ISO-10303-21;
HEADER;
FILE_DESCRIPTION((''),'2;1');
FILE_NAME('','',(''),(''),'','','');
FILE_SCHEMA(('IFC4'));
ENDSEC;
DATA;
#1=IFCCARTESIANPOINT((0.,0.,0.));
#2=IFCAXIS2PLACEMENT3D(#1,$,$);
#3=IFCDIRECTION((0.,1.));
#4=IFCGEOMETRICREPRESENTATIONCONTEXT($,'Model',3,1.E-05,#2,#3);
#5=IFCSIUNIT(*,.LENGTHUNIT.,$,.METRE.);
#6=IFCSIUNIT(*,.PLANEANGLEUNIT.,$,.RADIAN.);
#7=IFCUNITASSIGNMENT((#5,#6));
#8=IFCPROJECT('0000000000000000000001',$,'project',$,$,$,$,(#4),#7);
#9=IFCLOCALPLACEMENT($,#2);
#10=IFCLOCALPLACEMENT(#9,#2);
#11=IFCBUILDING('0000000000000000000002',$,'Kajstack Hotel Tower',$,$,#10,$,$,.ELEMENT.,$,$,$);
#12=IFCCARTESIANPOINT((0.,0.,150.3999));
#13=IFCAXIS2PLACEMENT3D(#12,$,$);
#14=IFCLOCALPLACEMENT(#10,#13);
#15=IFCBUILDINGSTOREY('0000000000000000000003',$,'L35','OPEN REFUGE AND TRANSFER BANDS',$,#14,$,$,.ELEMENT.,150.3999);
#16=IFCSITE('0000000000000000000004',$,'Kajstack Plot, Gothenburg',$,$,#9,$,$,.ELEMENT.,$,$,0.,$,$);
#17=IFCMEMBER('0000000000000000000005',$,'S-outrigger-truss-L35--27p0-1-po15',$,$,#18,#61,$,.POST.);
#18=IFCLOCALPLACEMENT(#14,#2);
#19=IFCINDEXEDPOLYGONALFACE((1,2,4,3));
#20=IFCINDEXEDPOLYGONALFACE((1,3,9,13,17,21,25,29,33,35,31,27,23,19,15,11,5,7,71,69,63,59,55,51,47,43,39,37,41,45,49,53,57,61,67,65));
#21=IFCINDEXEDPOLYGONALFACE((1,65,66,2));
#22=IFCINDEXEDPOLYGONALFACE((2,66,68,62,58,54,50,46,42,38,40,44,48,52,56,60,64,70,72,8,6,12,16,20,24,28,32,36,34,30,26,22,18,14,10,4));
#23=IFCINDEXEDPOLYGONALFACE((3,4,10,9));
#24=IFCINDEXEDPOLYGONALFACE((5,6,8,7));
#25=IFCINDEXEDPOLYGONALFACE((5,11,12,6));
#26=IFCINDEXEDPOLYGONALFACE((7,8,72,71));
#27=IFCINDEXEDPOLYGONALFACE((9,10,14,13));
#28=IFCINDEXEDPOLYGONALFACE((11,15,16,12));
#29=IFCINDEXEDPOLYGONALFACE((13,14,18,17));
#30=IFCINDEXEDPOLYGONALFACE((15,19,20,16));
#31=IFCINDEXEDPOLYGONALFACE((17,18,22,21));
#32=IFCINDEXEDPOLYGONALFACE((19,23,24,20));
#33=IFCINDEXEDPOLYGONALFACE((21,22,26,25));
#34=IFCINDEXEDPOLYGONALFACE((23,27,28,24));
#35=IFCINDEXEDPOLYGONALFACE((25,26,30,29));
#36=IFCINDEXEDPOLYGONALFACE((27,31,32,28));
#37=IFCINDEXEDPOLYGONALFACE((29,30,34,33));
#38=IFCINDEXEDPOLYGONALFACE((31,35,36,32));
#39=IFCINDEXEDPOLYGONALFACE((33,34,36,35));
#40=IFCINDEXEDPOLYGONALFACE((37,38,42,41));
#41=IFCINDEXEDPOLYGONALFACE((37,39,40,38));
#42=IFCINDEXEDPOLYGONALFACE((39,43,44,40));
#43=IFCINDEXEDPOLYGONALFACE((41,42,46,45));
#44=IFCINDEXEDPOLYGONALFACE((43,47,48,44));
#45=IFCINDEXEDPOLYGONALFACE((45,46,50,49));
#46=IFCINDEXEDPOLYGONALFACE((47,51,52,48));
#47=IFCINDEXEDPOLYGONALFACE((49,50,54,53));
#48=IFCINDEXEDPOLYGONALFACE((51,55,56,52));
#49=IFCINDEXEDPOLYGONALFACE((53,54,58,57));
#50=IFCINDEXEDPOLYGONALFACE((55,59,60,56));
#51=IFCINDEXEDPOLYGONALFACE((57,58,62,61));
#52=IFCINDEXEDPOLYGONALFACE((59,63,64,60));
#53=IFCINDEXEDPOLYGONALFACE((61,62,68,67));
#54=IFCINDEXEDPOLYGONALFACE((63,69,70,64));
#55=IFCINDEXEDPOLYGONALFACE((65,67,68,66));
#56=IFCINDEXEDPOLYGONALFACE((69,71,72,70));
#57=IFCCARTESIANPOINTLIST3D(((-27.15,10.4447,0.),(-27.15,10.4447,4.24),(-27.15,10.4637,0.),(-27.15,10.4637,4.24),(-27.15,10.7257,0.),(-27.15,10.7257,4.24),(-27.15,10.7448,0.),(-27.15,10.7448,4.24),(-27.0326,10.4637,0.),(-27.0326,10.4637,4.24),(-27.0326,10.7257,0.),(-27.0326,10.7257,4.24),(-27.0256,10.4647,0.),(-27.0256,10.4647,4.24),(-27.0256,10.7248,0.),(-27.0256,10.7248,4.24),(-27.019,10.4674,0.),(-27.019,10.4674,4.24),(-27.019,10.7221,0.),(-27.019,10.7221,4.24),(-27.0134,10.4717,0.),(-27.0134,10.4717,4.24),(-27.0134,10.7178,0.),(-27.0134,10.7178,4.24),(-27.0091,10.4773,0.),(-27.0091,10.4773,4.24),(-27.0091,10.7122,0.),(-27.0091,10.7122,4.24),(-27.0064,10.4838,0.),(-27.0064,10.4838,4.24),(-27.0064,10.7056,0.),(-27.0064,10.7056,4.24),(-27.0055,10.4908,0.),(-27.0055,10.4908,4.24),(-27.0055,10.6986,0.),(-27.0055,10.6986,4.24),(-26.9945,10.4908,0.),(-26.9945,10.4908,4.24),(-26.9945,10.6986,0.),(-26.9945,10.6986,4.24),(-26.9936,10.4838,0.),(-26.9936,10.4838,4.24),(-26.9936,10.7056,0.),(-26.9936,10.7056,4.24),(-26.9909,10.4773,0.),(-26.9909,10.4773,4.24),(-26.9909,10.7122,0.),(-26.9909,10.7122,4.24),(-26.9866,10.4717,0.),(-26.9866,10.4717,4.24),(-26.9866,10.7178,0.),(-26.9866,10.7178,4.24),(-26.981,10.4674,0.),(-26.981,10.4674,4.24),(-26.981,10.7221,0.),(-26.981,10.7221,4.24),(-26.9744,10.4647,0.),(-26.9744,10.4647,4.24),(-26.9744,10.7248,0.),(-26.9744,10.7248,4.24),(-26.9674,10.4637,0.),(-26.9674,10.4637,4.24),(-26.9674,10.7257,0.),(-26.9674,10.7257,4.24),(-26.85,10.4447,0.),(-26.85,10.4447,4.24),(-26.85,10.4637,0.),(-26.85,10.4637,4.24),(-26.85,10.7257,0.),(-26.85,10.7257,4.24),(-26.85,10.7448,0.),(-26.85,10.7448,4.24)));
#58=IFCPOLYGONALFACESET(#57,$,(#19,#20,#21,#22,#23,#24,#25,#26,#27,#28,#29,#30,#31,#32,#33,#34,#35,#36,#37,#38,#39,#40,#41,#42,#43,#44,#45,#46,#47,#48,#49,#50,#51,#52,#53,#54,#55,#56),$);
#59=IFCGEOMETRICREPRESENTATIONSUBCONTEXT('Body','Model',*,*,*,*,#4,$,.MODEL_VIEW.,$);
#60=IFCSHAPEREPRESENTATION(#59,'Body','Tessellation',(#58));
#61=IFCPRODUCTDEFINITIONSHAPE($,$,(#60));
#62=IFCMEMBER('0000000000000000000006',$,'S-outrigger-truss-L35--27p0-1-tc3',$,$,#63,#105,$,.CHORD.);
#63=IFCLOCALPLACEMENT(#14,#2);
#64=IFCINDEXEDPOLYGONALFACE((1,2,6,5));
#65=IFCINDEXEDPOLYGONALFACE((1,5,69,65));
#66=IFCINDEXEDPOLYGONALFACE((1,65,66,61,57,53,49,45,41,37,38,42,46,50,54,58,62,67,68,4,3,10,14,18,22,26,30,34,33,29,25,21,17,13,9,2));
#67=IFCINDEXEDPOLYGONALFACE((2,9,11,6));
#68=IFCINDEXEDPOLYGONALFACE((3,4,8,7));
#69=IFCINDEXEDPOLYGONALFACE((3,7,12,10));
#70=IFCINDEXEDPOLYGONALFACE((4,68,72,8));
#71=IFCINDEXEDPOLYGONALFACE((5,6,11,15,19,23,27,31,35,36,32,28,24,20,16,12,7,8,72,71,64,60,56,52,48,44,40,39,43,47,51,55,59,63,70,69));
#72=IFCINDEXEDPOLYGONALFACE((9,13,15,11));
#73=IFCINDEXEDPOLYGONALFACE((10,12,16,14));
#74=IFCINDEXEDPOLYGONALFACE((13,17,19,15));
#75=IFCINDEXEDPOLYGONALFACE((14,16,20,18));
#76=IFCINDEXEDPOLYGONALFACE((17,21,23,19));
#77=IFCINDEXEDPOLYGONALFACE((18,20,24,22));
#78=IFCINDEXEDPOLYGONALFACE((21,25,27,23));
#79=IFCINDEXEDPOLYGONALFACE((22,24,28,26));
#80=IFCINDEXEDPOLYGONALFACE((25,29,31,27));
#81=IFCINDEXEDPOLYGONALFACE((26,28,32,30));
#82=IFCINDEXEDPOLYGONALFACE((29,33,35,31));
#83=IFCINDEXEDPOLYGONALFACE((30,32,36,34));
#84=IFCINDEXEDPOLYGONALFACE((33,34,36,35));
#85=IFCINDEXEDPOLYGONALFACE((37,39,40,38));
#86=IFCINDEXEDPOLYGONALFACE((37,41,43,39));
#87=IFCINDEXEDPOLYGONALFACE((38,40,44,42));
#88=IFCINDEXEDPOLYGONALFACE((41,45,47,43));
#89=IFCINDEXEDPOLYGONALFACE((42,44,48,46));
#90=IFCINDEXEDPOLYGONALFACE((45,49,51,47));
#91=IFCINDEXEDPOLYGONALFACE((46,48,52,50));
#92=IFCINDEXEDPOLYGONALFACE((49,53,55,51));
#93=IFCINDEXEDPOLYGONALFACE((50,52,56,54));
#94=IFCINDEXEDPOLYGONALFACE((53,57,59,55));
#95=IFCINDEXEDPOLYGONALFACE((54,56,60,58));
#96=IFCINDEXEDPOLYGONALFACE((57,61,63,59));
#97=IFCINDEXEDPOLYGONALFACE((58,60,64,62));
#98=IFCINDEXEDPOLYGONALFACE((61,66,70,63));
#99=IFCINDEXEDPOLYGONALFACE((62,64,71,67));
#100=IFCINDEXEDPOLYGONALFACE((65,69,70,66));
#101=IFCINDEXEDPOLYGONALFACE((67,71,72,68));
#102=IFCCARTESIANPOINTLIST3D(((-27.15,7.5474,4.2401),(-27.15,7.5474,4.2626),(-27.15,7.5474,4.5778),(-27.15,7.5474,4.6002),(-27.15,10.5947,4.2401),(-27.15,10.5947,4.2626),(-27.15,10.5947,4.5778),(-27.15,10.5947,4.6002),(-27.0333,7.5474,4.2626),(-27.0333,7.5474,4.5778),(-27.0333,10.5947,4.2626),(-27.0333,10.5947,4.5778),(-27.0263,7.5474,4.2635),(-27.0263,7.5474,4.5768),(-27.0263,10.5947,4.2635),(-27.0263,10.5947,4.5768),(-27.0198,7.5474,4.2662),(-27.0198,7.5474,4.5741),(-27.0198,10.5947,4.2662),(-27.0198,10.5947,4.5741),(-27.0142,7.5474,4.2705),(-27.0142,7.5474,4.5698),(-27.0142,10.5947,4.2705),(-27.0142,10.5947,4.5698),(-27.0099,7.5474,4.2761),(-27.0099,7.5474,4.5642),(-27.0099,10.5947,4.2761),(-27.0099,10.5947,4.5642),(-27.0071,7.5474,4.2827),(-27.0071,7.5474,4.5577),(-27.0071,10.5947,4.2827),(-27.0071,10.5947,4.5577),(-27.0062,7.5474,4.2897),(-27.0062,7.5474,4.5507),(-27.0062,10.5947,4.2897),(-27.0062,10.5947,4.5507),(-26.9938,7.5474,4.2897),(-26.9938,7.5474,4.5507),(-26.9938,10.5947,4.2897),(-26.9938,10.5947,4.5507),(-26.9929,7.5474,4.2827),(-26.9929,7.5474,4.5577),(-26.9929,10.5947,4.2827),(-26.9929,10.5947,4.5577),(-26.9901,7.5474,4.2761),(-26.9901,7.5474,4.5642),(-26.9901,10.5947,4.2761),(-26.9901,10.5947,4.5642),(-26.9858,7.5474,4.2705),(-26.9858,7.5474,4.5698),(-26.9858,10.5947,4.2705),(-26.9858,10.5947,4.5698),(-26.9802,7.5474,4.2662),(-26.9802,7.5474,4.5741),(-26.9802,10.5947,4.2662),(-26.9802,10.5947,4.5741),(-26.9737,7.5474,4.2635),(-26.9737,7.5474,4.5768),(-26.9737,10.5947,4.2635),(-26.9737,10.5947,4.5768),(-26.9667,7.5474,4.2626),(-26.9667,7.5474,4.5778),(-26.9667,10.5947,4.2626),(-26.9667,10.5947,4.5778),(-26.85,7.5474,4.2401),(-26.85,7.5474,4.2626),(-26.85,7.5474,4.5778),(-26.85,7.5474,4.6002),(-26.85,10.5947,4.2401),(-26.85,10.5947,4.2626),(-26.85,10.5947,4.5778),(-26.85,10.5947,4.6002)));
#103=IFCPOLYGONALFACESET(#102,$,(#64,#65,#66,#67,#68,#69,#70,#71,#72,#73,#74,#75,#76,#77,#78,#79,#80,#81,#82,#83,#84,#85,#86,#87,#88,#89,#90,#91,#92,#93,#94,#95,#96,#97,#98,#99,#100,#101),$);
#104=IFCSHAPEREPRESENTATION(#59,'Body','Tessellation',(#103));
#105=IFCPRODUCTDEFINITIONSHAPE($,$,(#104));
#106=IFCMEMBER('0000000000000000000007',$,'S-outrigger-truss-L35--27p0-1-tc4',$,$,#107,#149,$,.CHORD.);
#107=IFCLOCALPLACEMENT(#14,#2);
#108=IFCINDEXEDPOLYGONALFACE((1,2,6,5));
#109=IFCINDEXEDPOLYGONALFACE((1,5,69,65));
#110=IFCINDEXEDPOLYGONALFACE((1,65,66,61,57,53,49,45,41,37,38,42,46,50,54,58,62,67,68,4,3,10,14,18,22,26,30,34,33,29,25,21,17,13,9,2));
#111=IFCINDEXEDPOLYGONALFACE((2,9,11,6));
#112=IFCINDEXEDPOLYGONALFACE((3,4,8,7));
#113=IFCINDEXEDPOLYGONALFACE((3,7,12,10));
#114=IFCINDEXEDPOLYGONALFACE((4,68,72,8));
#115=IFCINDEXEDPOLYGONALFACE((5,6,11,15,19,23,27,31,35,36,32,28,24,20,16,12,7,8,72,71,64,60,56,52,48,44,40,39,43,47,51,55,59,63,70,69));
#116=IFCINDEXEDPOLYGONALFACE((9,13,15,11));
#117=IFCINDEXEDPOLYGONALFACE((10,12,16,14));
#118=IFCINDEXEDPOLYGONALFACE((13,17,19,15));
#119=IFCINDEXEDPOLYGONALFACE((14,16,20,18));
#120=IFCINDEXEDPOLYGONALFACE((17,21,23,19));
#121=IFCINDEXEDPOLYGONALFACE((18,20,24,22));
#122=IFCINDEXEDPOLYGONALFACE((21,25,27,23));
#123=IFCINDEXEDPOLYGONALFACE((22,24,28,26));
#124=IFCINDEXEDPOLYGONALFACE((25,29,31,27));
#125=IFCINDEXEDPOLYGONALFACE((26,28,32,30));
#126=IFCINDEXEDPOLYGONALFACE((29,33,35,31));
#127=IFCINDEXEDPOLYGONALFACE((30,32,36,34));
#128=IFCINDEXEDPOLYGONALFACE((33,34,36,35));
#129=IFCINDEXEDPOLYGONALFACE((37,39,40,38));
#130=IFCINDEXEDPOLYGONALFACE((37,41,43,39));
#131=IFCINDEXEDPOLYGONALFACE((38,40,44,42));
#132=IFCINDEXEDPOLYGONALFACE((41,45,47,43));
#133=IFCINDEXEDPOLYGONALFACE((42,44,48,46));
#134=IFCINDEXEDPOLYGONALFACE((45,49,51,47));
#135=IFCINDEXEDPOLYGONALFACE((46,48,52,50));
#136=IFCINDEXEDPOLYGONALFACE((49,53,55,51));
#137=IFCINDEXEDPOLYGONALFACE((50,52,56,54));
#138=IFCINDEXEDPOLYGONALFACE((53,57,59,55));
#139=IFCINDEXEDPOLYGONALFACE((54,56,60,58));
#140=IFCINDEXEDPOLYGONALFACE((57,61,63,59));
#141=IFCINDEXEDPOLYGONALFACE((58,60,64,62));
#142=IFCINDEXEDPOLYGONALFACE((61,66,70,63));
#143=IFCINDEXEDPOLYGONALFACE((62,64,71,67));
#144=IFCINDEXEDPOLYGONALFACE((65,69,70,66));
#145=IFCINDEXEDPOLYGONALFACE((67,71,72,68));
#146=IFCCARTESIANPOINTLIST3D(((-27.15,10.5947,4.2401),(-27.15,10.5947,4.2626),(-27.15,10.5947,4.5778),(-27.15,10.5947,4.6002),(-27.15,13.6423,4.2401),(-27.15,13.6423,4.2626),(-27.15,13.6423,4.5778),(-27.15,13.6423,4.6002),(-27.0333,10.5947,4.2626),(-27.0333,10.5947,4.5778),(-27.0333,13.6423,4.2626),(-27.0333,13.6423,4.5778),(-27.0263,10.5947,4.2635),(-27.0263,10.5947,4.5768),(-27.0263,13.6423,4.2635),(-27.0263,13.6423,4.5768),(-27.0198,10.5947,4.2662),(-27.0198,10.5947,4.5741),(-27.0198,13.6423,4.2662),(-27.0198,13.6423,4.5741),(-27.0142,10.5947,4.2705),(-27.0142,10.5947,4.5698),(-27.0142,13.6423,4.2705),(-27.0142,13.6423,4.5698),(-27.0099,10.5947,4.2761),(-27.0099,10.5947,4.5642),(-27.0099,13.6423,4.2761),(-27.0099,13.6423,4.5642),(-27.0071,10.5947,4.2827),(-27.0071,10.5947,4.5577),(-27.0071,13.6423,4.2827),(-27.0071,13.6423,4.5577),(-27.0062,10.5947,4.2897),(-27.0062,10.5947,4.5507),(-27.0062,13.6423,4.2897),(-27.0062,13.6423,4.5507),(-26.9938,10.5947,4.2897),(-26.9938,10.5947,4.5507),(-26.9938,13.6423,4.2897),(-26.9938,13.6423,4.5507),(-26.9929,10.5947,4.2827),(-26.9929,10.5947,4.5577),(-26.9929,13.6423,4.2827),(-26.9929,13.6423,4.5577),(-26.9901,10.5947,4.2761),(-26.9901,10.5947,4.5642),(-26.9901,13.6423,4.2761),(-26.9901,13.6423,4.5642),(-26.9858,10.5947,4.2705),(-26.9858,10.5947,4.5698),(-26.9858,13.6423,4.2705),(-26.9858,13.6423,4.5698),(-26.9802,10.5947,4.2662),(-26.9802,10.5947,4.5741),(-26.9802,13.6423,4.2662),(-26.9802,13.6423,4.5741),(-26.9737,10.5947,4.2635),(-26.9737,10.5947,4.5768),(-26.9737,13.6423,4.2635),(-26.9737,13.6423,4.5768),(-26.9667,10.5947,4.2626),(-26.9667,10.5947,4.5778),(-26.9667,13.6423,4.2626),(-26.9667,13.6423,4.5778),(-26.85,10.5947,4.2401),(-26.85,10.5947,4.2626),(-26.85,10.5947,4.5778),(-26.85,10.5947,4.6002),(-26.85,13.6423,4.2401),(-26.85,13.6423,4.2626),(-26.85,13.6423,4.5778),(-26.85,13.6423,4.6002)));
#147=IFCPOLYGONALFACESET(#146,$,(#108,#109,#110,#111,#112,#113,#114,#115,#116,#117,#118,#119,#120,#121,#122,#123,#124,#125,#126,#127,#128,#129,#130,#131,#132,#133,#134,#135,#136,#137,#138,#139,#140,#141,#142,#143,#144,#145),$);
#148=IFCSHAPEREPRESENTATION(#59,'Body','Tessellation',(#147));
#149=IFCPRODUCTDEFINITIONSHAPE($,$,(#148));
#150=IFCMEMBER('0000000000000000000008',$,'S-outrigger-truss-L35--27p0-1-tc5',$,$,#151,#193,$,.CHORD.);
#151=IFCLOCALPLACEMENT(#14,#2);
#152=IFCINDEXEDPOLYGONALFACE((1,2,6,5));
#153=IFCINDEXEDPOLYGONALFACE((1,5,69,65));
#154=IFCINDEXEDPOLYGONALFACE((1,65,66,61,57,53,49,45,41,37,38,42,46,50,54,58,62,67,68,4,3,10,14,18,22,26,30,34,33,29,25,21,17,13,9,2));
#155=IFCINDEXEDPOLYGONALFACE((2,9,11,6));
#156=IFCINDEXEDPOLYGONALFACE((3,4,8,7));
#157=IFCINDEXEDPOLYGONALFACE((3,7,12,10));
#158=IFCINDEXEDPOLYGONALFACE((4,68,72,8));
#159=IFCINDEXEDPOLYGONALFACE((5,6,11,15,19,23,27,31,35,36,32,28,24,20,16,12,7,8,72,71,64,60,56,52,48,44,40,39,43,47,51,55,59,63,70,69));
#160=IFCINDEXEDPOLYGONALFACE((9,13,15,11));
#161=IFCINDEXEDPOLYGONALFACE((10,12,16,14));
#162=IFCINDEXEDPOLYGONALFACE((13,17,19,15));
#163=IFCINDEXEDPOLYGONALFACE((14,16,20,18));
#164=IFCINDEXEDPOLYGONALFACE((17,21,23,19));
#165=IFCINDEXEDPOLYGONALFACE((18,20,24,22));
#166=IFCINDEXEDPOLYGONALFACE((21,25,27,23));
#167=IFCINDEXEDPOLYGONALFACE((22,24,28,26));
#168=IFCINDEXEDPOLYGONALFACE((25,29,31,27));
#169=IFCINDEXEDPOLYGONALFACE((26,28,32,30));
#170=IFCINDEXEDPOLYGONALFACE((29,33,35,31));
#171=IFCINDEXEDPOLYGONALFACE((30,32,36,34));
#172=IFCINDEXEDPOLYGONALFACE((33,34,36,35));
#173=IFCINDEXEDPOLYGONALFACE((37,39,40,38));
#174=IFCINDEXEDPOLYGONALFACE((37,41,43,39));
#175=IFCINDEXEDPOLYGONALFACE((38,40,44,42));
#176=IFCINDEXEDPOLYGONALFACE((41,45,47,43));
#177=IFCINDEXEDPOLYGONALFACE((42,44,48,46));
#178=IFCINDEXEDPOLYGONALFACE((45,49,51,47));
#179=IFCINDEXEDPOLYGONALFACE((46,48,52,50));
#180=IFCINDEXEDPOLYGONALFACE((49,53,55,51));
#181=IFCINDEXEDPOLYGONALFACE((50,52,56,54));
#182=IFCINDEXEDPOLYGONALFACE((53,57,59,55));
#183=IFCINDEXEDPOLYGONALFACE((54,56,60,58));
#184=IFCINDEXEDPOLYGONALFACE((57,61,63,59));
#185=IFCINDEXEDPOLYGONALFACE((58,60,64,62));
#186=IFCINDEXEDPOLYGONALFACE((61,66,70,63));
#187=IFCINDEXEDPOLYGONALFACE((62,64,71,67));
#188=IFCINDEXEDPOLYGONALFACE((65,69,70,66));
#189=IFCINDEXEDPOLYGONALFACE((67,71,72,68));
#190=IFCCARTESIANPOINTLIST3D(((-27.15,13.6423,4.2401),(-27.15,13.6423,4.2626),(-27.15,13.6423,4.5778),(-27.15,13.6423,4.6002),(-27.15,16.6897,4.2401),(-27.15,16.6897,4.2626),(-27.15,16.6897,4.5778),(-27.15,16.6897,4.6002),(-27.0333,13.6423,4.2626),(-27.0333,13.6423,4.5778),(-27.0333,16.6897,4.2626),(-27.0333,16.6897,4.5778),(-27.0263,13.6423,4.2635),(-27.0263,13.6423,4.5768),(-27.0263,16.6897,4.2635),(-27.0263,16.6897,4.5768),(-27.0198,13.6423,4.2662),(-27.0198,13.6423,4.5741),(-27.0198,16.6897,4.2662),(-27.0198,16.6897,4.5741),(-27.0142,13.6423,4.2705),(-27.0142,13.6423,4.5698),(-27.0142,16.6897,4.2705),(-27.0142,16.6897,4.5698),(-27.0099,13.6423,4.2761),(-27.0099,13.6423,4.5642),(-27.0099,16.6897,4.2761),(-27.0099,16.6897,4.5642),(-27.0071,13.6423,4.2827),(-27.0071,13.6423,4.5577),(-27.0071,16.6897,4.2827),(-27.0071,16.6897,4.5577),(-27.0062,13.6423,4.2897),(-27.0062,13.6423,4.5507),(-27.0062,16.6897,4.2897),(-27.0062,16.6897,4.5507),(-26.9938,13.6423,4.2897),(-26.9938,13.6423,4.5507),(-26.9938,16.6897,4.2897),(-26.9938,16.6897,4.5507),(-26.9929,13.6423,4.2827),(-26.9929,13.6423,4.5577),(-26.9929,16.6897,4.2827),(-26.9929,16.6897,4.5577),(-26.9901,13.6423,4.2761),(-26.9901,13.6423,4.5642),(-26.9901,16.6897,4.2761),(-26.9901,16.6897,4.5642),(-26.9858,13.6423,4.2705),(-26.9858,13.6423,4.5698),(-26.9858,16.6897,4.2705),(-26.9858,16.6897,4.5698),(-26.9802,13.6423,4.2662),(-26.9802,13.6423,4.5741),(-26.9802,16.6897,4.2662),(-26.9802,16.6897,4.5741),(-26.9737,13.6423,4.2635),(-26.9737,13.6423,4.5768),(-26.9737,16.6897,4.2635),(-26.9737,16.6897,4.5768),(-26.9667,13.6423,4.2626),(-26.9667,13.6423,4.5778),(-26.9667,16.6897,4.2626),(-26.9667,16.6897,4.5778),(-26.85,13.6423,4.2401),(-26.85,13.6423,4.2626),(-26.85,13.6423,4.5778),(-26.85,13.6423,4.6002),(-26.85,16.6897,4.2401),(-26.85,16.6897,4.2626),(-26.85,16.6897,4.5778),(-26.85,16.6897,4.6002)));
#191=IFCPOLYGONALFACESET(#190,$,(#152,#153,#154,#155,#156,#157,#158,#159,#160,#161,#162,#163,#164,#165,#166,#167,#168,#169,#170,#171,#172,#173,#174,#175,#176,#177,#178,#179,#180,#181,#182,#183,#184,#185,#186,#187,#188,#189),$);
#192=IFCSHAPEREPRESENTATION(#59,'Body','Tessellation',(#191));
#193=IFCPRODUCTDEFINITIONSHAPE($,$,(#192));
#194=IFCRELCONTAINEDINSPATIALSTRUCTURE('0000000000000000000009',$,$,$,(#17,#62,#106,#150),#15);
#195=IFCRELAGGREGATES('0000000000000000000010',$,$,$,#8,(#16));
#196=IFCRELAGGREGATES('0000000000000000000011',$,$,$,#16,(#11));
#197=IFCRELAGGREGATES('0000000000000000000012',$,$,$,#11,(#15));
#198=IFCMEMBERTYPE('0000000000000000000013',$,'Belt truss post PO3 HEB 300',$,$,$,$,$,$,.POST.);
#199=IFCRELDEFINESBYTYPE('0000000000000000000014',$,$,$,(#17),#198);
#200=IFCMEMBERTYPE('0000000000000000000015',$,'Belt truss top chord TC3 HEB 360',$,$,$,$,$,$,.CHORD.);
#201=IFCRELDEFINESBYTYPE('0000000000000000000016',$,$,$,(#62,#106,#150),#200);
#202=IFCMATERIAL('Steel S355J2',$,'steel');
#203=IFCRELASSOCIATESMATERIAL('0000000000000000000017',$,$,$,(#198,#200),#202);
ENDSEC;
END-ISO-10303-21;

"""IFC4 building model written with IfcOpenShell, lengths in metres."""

from ifc_helpers import new_model, si_unit, direction, frame, origin, origin_2d, place, context, subcontext, project, spatial, i_section, extrude, material, material_profile, profile_set, type_object, element, save


model = new_model("IFC4")

# Units and contexts
model_context = context("Model", 3, precision=1e-05, world=origin(), true_north=direction((0.0, 1.0)))
body_context = subcontext(model_context, "Body", "Model", "MODEL_VIEW")
ifc_project = project(units=[si_unit("LENGTHUNIT", "METRE"), si_unit("PLANEANGLEUNIT", "RADIAN")], contexts=[model_context])

# Site, building, storey
site_placement = place(None, origin())
site = spatial("IfcSite", under=ifc_project, at=site_placement, Name="Kajstack Plot, Gothenburg", CompositionType="ELEMENT", RefElevation=0.0)
building_placement = place(site_placement, origin())
building = spatial("IfcBuilding", under=site, at=building_placement, Name="Kajstack Hotel Tower", CompositionType="ELEMENT")
storey_placement = place(building_placement, frame((0.0, 0.0, 150.3999)))
storey = spatial("IfcBuildingStorey", under=building, at=storey_placement, Name="L35", Description="OPEN REFUGE AND TRANSFER BANDS", CompositionType="ELEMENT", Elevation=150.3999)

# Members
ifc_material_1 = material(Name="Steel S355J2", Category="steel")
ifc_material_profile_1 = material_profile(ifc_material_1, i_section(OverallWidth=0.3, OverallDepth=0.3, WebThickness=0.011, FlangeThickness=0.019, FilletRadius=0.0271, at=origin_2d()), Name="HEB 300")
ifc_profile_set_1 = profile_set([ifc_material_profile_1], Name="Steel S355J2")
member_type_1 = type_object("IfcMemberType", Name="Belt truss post PO3 HEB 300", PredefinedType="POST", material=ifc_profile_set_1)
for number, where, z_axis, x_axis, name in (
    (1, (-27.0, 10.5947, 0.0), (0.0, 0.0, 1.0), (1.0, 0.0, 0.0), "S-outrigger-truss-L35--27p0-1-po15"),
):
    element("IfcMember", number, at=place(storey_placement, frame(where, z_axis=z_axis, x_axis=x_axis)), inside=storey, type_object=member_type_1, Name=name, PredefinedType="POST", context=body_context, shape_type="SweptSolid", body=[
        extrude(i_section(OverallWidth=0.3, OverallDepth=0.3, WebThickness=0.011, FlangeThickness=0.019, FilletRadius=0.0271, at=origin_2d()), origin(), (0.0, 0.0, 1.0), 4.24),
    ])
ifc_material_profile_2 = material_profile(ifc_material_1, i_section(OverallWidth=0.3, OverallDepth=0.3601, WebThickness=0.0125, FlangeThickness=0.0225, FilletRadius=0.0271, at=origin_2d()), Name="HEB 360")
ifc_profile_set_2 = profile_set([ifc_material_profile_2], Name="Steel S355J2")
member_type_2 = type_object("IfcMemberType", Name="Belt truss top chord TC3 HEB 360", PredefinedType="CHORD", material=ifc_profile_set_2)
member_1_placement = place(storey_placement, frame((-27.0, 7.5474, 4.4202), z_axis=(0.0, 1.0, 0.0), x_axis=(-1.0, 0.0, 0.0)))
element("IfcMember", 2, at=member_1_placement, inside=storey, type_object=member_type_2, Name="S-outrigger-truss-L35--27p0-1-tc3", PredefinedType="CHORD", context=body_context, shape_type="SweptSolid", body=[
    extrude(i_section(OverallWidth=0.3, OverallDepth=0.3601, WebThickness=0.0125, FlangeThickness=0.0225, FilletRadius=0.0271, at=origin_2d()), origin(), (0.0, 0.0, 1.0), 3.0474),
])
member_2_placement = place(storey_placement, frame((-27.0, 10.5947, 4.4202), z_axis=(0.0, 1.0, 0.0), x_axis=(-1.0, 0.0, 0.0)))
element("IfcMember", 3, at=member_2_placement, inside=storey, type_object=member_type_2, Name="S-outrigger-truss-L35--27p0-1-tc4", PredefinedType="CHORD", context=body_context, shape_type="SweptSolid", body=[
    extrude(i_section(OverallWidth=0.3, OverallDepth=0.3601, WebThickness=0.0125, FlangeThickness=0.0225, FilletRadius=0.0271, at=origin_2d()), origin(), (0.0, 0.0, 1.0), 3.0476),
])
member_3_placement = place(storey_placement, frame((-27.0, 13.6423, 4.4202), z_axis=(0.0, 1.0, 0.0), x_axis=(-1.0, 0.0, 0.0)))
element("IfcMember", 4, at=member_3_placement, inside=storey, type_object=member_type_2, Name="S-outrigger-truss-L35--27p0-1-tc5", PredefinedType="CHORD", context=body_context, shape_type="SweptSolid", body=[
    extrude(i_section(OverallWidth=0.3, OverallDepth=0.3601, WebThickness=0.0125, FlangeThickness=0.0225, FilletRadius=0.0271, at=origin_2d()), origin(), (0.0, 0.0, 1.0), 3.0474),
])

save(model, "model.ifc")
